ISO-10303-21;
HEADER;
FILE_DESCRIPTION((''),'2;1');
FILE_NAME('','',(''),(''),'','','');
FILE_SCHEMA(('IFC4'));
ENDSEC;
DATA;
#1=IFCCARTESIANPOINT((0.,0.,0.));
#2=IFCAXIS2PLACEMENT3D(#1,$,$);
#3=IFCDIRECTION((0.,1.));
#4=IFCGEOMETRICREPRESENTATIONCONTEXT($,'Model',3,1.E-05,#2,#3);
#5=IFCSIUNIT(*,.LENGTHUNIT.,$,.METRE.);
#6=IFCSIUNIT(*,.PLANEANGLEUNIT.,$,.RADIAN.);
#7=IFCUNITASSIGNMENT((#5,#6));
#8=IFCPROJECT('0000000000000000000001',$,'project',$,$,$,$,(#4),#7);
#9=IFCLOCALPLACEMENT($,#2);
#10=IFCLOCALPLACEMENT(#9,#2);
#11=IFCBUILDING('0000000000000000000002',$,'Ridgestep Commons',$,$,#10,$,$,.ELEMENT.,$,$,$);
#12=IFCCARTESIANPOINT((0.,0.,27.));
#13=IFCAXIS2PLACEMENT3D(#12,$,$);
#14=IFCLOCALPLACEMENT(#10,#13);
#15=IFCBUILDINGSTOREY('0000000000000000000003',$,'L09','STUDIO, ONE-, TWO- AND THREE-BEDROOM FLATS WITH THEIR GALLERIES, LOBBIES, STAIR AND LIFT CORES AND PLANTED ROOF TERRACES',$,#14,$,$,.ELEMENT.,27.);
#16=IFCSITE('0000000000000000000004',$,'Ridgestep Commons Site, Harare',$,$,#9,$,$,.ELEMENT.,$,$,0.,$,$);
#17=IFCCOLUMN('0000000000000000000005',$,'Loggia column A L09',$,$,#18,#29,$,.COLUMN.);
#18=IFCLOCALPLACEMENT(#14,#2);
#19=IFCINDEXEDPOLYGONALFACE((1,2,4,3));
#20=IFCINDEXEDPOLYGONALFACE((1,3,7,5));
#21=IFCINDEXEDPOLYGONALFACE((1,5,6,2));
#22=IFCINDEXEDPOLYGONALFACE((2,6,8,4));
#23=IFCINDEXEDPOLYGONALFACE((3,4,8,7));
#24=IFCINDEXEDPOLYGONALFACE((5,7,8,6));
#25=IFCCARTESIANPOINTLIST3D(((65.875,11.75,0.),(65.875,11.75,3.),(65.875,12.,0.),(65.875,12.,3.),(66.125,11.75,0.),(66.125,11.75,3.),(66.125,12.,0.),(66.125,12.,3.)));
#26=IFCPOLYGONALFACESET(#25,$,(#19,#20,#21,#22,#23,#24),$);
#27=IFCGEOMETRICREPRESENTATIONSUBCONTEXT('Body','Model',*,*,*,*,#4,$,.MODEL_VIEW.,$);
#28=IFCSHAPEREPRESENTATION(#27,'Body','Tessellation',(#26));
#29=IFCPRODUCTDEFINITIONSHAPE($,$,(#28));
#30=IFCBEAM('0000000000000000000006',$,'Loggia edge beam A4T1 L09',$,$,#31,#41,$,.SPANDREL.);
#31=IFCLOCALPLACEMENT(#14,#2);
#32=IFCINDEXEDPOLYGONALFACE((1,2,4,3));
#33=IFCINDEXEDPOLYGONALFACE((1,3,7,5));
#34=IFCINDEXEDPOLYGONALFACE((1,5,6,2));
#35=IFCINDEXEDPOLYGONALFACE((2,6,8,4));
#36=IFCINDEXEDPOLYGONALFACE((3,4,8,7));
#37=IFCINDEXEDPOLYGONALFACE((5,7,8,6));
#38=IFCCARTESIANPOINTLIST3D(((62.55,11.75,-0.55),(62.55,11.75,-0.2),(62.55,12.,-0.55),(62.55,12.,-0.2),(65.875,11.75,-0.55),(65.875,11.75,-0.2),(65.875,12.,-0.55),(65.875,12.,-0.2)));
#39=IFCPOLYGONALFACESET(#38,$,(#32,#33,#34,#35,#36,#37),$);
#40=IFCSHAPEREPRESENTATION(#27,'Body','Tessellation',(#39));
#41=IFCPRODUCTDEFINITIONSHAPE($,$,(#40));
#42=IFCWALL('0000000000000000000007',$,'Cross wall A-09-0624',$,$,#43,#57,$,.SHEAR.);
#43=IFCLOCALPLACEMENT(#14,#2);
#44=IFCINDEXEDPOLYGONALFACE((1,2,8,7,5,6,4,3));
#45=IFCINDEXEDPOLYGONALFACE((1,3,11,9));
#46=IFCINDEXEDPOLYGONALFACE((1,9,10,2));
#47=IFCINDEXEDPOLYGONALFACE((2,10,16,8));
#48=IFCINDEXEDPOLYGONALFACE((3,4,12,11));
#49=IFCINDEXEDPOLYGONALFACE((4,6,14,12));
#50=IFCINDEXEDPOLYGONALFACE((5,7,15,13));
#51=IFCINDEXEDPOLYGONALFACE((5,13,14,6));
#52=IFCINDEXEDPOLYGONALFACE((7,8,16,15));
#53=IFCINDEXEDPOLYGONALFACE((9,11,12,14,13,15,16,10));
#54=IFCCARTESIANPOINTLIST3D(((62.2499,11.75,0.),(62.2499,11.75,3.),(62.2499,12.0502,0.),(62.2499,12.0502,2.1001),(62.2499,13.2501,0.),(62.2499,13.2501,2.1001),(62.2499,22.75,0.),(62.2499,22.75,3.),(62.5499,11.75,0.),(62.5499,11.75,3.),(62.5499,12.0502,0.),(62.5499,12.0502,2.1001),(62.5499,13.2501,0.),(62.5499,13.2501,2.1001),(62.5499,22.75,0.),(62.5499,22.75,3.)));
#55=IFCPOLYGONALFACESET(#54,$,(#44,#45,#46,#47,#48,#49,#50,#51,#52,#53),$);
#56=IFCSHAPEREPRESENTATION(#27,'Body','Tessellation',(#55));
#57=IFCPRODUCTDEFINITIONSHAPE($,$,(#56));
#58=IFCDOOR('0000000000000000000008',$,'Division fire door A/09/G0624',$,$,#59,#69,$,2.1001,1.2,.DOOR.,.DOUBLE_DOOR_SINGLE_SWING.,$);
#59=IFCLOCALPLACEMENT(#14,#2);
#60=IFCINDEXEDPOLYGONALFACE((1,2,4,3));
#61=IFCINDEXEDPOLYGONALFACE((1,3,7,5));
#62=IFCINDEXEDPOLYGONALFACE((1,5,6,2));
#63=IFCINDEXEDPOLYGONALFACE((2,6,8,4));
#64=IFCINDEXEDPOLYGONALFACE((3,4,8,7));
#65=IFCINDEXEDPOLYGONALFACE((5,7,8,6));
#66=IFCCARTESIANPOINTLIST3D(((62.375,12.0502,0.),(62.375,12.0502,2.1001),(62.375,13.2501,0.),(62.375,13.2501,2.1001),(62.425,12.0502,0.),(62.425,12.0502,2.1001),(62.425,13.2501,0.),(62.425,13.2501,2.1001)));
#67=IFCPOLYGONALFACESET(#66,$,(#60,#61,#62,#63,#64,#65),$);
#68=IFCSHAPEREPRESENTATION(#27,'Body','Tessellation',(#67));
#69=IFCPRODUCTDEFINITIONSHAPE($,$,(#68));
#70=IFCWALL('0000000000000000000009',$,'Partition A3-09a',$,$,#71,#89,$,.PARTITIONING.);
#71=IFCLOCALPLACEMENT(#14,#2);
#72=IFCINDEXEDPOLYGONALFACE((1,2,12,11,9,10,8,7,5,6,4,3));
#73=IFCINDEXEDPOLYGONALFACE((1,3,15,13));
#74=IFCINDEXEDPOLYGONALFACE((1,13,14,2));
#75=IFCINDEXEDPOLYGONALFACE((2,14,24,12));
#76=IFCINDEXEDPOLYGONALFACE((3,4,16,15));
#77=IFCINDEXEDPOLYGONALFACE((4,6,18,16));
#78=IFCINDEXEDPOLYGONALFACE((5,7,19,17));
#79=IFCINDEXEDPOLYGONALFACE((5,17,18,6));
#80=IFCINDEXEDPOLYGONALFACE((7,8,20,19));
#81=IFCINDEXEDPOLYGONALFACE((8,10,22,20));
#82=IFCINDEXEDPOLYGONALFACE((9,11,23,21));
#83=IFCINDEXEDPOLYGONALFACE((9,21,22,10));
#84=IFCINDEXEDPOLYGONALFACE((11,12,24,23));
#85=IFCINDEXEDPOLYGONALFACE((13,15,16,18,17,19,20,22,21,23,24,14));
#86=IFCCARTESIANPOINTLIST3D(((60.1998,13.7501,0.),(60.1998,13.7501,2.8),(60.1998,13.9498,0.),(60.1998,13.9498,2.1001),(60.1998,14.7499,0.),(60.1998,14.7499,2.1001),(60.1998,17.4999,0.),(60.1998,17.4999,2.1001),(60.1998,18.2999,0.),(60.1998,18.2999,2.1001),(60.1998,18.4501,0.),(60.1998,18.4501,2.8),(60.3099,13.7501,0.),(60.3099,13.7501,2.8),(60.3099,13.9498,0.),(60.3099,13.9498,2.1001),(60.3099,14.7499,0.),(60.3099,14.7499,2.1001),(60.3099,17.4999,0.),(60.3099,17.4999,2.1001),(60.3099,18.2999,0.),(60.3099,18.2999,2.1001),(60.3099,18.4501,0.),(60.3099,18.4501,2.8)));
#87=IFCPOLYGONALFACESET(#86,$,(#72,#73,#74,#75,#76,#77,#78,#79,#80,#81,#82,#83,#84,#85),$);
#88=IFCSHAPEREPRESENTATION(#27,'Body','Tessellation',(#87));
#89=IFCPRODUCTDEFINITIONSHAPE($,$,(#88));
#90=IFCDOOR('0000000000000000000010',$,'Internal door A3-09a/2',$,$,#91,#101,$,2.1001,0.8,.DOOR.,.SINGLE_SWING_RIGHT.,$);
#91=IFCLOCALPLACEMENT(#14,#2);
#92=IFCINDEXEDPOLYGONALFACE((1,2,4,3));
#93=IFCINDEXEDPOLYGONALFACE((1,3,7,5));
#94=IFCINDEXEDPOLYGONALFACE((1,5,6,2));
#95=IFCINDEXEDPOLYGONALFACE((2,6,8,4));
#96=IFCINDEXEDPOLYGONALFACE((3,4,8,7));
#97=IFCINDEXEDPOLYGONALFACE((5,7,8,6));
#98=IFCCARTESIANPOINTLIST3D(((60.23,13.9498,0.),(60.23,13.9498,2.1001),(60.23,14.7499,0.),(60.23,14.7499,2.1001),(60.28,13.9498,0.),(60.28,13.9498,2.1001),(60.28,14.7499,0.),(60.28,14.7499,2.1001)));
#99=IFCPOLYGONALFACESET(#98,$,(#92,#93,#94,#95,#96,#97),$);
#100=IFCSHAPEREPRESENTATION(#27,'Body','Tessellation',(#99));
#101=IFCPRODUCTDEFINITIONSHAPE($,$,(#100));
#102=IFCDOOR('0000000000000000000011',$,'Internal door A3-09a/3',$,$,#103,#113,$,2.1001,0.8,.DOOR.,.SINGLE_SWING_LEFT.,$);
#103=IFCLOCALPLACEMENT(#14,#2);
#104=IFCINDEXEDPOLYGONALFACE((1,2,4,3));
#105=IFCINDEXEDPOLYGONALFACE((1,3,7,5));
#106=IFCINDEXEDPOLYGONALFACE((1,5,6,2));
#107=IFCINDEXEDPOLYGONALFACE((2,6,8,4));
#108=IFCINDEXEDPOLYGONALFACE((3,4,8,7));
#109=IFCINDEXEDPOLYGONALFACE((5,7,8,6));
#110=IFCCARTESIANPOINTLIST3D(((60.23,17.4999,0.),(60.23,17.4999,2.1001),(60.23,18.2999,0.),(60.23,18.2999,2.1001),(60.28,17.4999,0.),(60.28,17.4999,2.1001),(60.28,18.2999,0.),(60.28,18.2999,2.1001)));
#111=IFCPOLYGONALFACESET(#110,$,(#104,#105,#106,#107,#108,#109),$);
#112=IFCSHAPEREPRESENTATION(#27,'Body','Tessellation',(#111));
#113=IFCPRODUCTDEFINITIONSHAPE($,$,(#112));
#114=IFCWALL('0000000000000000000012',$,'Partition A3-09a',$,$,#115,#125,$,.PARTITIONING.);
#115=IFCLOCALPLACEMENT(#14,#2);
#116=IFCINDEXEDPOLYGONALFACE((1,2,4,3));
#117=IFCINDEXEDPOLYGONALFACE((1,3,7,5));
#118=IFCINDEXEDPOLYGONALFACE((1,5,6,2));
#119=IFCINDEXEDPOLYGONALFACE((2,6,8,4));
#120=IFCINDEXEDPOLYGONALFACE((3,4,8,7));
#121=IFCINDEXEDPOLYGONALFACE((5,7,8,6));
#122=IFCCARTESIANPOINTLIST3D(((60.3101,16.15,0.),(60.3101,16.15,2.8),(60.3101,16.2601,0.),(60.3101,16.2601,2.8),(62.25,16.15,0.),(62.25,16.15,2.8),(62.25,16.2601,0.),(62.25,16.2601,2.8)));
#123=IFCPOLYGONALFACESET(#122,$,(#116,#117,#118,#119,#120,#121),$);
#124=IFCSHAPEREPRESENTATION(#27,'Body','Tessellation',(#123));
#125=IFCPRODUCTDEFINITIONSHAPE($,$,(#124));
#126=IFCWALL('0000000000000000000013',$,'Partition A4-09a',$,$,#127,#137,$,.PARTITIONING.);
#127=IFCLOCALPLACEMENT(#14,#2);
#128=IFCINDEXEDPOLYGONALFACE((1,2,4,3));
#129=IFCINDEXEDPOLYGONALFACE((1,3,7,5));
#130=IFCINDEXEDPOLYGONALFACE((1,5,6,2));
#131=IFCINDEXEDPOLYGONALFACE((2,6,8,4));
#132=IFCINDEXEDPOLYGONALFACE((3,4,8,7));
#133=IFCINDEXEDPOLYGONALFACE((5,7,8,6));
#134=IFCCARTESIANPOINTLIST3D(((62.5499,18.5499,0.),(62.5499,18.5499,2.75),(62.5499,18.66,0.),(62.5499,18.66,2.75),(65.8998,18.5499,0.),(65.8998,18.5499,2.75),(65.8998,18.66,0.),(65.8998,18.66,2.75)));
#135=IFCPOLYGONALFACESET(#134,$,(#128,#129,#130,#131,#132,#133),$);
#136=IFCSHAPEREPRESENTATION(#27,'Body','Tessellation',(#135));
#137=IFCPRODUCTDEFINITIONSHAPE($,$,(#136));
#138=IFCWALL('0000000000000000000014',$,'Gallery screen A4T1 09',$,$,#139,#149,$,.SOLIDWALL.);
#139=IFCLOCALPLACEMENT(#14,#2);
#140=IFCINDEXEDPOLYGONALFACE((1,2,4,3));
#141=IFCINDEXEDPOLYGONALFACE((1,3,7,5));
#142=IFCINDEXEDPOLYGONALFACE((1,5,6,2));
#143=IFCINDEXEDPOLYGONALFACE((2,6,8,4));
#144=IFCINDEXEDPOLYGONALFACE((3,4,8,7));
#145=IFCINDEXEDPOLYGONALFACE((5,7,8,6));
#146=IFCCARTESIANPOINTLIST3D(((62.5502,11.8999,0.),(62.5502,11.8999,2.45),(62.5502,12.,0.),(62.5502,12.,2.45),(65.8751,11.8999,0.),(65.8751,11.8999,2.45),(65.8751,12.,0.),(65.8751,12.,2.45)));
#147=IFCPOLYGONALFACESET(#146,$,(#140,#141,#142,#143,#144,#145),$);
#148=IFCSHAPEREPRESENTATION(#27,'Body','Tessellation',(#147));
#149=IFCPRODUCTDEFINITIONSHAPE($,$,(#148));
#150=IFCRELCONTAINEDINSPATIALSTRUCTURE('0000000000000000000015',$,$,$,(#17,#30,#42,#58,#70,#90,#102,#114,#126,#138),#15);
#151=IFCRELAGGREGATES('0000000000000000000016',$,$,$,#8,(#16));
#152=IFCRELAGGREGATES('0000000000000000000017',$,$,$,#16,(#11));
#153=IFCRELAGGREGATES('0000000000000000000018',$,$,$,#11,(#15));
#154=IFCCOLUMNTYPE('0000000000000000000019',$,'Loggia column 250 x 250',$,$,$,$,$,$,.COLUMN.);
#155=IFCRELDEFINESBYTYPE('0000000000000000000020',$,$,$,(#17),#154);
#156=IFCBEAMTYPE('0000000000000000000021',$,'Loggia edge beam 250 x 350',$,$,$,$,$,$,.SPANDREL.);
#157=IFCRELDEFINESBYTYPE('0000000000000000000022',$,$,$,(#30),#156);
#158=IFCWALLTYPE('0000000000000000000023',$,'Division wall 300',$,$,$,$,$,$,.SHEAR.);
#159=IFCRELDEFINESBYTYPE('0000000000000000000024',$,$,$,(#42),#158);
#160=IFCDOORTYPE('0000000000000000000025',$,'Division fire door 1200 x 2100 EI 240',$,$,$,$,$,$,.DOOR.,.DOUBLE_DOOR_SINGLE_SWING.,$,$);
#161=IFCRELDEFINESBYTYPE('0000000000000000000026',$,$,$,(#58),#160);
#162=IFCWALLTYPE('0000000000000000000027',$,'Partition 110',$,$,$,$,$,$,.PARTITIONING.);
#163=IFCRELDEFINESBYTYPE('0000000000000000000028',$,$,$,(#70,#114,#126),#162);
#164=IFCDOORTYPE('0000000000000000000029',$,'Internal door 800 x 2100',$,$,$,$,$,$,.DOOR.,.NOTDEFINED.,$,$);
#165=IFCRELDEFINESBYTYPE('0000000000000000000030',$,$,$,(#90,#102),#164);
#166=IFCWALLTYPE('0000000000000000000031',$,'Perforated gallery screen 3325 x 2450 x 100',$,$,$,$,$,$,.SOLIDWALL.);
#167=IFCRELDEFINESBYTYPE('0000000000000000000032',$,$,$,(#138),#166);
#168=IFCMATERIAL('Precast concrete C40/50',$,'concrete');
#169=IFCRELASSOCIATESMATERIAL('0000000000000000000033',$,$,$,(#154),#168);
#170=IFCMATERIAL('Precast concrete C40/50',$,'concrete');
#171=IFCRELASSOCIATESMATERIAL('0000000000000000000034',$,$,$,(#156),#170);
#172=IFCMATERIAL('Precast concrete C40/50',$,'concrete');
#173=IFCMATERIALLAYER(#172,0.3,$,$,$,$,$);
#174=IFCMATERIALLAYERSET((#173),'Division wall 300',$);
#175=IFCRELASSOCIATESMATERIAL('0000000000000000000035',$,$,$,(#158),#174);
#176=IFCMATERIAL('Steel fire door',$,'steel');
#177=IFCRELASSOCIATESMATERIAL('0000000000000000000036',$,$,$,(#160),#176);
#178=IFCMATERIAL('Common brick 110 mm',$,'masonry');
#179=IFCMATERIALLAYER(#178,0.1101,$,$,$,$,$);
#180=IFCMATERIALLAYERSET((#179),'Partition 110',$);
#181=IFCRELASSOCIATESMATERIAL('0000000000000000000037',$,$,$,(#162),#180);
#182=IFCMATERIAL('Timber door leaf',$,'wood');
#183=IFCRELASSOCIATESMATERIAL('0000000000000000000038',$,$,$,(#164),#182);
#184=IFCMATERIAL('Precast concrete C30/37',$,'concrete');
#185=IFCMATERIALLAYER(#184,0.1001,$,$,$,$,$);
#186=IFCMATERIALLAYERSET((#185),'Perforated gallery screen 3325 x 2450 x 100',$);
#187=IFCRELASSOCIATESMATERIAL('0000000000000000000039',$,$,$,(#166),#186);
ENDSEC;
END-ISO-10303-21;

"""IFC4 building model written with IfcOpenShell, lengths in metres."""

from ifc_helpers import new_model, si_unit, direction, frame, frame_2d, origin, origin_2d, place, context, subcontext, project, spatial, rectangle, extrude, material, layer, layer_set, material_profile, profile_set, type_object, element, fill, save


model = new_model("IFC4")

# Units and contexts
model_context = context("Model", 3, precision=1e-05, world=origin(), true_north=direction((0.0, 1.0)))
body_context = subcontext(model_context, "Body", "Model", "MODEL_VIEW")
ifc_project = project(units=[si_unit("LENGTHUNIT", "METRE"), si_unit("PLANEANGLEUNIT", "RADIAN")], contexts=[model_context])

# Site, building, storey
site_placement = place(None, origin())
site = spatial("IfcSite", under=ifc_project, at=site_placement, Name="Ridgestep Commons Site, Harare", CompositionType="ELEMENT", RefElevation=0.0)
building_placement = place(site_placement, origin())
building = spatial("IfcBuilding", under=site, at=building_placement, Name="Ridgestep Commons", CompositionType="ELEMENT")
storey_placement = place(building_placement, frame((0.0, 0.0, 27.0)))
storey = spatial("IfcBuildingStorey", under=building, at=storey_placement, Name="L09", Description="STUDIO, ONE-, TWO- AND THREE-BEDROOM FLATS WITH THEIR GALLERIES, LOBBIES, STAIR AND LIFT CORES AND PLANTED ROOF TERRACES", CompositionType="ELEMENT", Elevation=27.0)

# Column
ifc_material_1 = material(Name="Precast concrete C40/50", Category="concrete")
ifc_material_profile_1 = material_profile(ifc_material_1, rectangle(XDim=0.25, YDim=0.25, at=origin_2d()), Name="PC 250x250")
ifc_profile_set_1 = profile_set([ifc_material_profile_1], Name="Precast concrete C40/50")
column_type = type_object("IfcColumnType", Name="Loggia column 250 x 250", PredefinedType="COLUMN", material=ifc_profile_set_1)
column_placement = place(storey_placement, frame((66.0, 11.875, 0.0), z_axis=(0.0, 0.0, 1.0), x_axis=(1.0, 0.0, 0.0)))
element("IfcColumn", 1, at=column_placement, inside=storey, type_object=column_type, Name="Loggia column A L09", PredefinedType="COLUMN", context=body_context, shape_type="SweptSolid", body=[
    extrude(rectangle(XDim=0.25, YDim=0.25, at=origin_2d()), origin(), (0.0, 0.0, 1.0), 3.0),
])

# Beam
ifc_material_2 = material(Name="Precast concrete C40/50", Category="concrete")
ifc_material_profile_2 = material_profile(ifc_material_2, rectangle(XDim=0.25, YDim=0.3501, at=origin_2d()), Name="PC 250x350")
ifc_profile_set_2 = profile_set([ifc_material_profile_2], Name="Precast concrete C40/50")
beam_type = type_object("IfcBeamType", Name="Loggia edge beam 250 x 350", PredefinedType="SPANDREL", material=ifc_profile_set_2)
beam_placement = place(storey_placement, frame((62.55, 11.875, -0.375), z_axis=(1.0, 0.0, 0.0), x_axis=(0.0, 1.0, 0.0)))
element("IfcBeam", 2, at=beam_placement, inside=storey, type_object=beam_type, Name="Loggia edge beam A4T1 L09", PredefinedType="SPANDREL", context=body_context, shape_type="SweptSolid", body=[
    extrude(rectangle(XDim=0.25, YDim=0.3501, at=origin_2d()), origin(), (0.0, 0.0, 1.0), 3.325),
])

# Wall, opening, door
ifc_material_3 = material(Name="Precast concrete C40/50", Category="concrete")
ifc_layer_1 = layer(ifc_material_3, 0.3)
ifc_layer_set_1 = layer_set([ifc_layer_1], Name="Division wall 300")
wall_type_1 = type_object("IfcWallType", Name="Division wall 300", PredefinedType="SHEAR", material=ifc_layer_set_1)
wall_1_placement = place(storey_placement, frame((62.3999, 11.75, 0.0), z_axis=(0.0, 0.0, 1.0), x_axis=(0.0, 1.0, 0.0)))
wall_1 = element("IfcWall", 3, at=wall_1_placement, inside=storey, type_object=wall_type_1, Name="Cross wall A-09-0624", PredefinedType="SHEAR", context=body_context, shape_type="SweptSolid", body=[
    extrude(rectangle(XDim=11.0, YDim=0.3, at=frame_2d((5.5, 0.0))), origin(), (0.0, 0.0, 1.0), 3.0),
])
opening_1_placement = place(wall_1_placement, frame((0.3, 0.0, 0.0)))
opening_1 = element("IfcOpeningElement", 4, at=opening_1_placement, cuts=wall_1, PredefinedType="OPENING", context=body_context, shape_type="SweptSolid", body=[
    extrude(rectangle(XDim=1.2, YDim=2.1001, at=frame_2d((0.6001, 1.05))), frame((0.0, 0.1599, 0.0), z_axis=(0.0, -1.0, 0.0), x_axis=(1.0, 0.0, 0.0)), (0.0, 0.0, 1.0), 0.3201),
])
ifc_material_4 = material(Name="Steel fire door", Category="steel")
door_type_1 = type_object("IfcDoorType", Name="Division fire door 1200 x 2100 EI 240", OperationType="DOUBLE_DOOR_SINGLE_SWING", PredefinedType="DOOR", material=ifc_material_4)
door_1_placement = place(opening_1_placement, origin())
door_1 = element("IfcDoor", 5, at=door_1_placement, inside=storey, type_object=door_type_1, Name="Division fire door A/09/G0624", OperationType="DOUBLE_DOOR_SINGLE_SWING", OverallHeight=2.1001, OverallWidth=1.2, PredefinedType="DOOR", context=body_context, shape_type="SweptSolid", body=[
    extrude(rectangle(XDim=1.2, YDim=2.1001, at=frame_2d((0.6001, 1.05))), frame((0.0, 0.0249, 0.0), z_axis=(0.0, -1.0, 0.0), x_axis=(1.0, 0.0, 0.0)), (0.0, 0.0, 1.0), 0.05),
])
fill(opening_1, door_1)

# Wall, openings, doors
ifc_material_5 = material(Name="Common brick 110 mm", Category="masonry")
ifc_layer_2 = layer(ifc_material_5, 0.1101)
ifc_layer_set_2 = layer_set([ifc_layer_2], Name="Partition 110")
wall_type_2 = type_object("IfcWallType", Name="Partition 110", PredefinedType="PARTITIONING", material=ifc_layer_set_2)
wall_2_placement = place(storey_placement, frame((60.2549, 13.75, 0.0), z_axis=(0.0, 0.0, 1.0), x_axis=(0.0, 1.0, 0.0)))
wall_2 = element("IfcWall", 6, at=wall_2_placement, inside=storey, type_object=wall_type_2, Name="Partition A3-09a", PredefinedType="PARTITIONING", context=body_context, shape_type="SweptSolid", body=[
    extrude(rectangle(XDim=4.7, YDim=0.1101, at=frame_2d((2.3501, 0.0))), origin(), (0.0, 0.0, 1.0), 2.8),
])
opening_2_placement = place(wall_2_placement, frame((0.2, 0.0, 0.0)))
opening_2 = element("IfcOpeningElement", 7, at=opening_2_placement, cuts=wall_2, PredefinedType="OPENING", context=body_context, shape_type="SweptSolid", body=[
    extrude(rectangle(XDim=0.8, YDim=2.1001, at=frame_2d((0.3999, 1.05))), frame((0.0, 0.0649, 0.0), z_axis=(0.0, -1.0, 0.0), x_axis=(1.0, 0.0, 0.0)), (0.0, 0.0, 1.0), 0.1301),
])
opening_3_placement = place(wall_2_placement, frame((3.75, 0.0, 0.0)))
opening_3 = element("IfcOpeningElement", 8, at=opening_3_placement, cuts=wall_2, PredefinedType="OPENING", context=body_context, shape_type="SweptSolid", body=[
    extrude(rectangle(XDim=0.8, YDim=2.1001, at=frame_2d((0.3999, 1.05))), frame((0.0, 0.0649, 0.0), z_axis=(0.0, -1.0, 0.0), x_axis=(1.0, 0.0, 0.0)), (0.0, 0.0, 1.0), 0.1301),
])
ifc_material_6 = material(Name="Timber door leaf", Category="wood")
door_type_2 = type_object("IfcDoorType", Name="Internal door 800 x 2100", OperationType="NOTDEFINED", PredefinedType="DOOR", material=ifc_material_6)
door_2_placement = place(opening_2_placement, origin())
door_2 = element("IfcDoor", 9, at=door_2_placement, inside=storey, type_object=door_type_2, Name="Internal door A3-09a/2", OperationType="SINGLE_SWING_RIGHT", OverallHeight=2.1001, OverallWidth=0.8, PredefinedType="DOOR", context=body_context, shape_type="SweptSolid", body=[
    extrude(rectangle(XDim=0.8, YDim=2.1001, at=frame_2d((0.3999, 1.05))), frame((0.0, 0.0249, 0.0), z_axis=(0.0, -1.0, 0.0), x_axis=(1.0, 0.0, 0.0)), (0.0, 0.0, 1.0), 0.05),
])
fill(opening_2, door_2)
door_3_placement = place(opening_3_placement, origin())
door_3 = element("IfcDoor", 10, at=door_3_placement, inside=storey, type_object=door_type_2, Name="Internal door A3-09a/3", OperationType="SINGLE_SWING_LEFT", OverallHeight=2.1001, OverallWidth=0.8, PredefinedType="DOOR", context=body_context, shape_type="SweptSolid", body=[
    extrude(rectangle(XDim=0.8, YDim=2.1001, at=frame_2d((0.3999, 1.05))), frame((0.0, 0.0249, 0.0), z_axis=(0.0, -1.0, 0.0), x_axis=(1.0, 0.0, 0.0)), (0.0, 0.0, 1.0), 0.05),
])
fill(opening_3, door_3)

# Walls
wall_3_placement = place(storey_placement, frame((60.3101, 16.2051, 0.0), z_axis=(0.0, 0.0, 1.0), x_axis=(1.0, 0.0, 0.0)))
element("IfcWall", 11, at=wall_3_placement, inside=storey, type_object=wall_type_2, Name="Partition A3-09a", PredefinedType="PARTITIONING", context=body_context, shape_type="SweptSolid", body=[
    extrude(rectangle(XDim=1.9399, YDim=0.1101, at=frame_2d((0.97, 0.0))), origin(), (0.0, 0.0, 1.0), 2.8),
])
wall_4_placement = place(storey_placement, frame((62.55, 18.605, 0.0), z_axis=(0.0, 0.0, 1.0), x_axis=(1.0, 0.0, 0.0)))
element("IfcWall", 12, at=wall_4_placement, inside=storey, type_object=wall_type_2, Name="Partition A4-09a", PredefinedType="PARTITIONING", context=body_context, shape_type="SweptSolid", body=[
    extrude(rectangle(XDim=3.3499, YDim=0.1101, at=frame_2d((1.6748, 0.0))), origin(), (0.0, 0.0, 1.0), 2.75),
])
ifc_material_7 = material(Name="Precast concrete C30/37", Category="concrete")
ifc_layer_3 = layer(ifc_material_7, 0.1001)
ifc_layer_set_3 = layer_set([ifc_layer_3], Name="Perforated gallery screen 3325 x 2450 x 100")
wall_type_3 = type_object("IfcWallType", Name="Perforated gallery screen 3325 x 2450 x 100", PredefinedType="SOLIDWALL", material=ifc_layer_set_3)
wall_5_placement = place(storey_placement, frame((62.55, 11.95, 0.0), z_axis=(0.0, 0.0, 1.0), x_axis=(1.0, 0.0, 0.0)))
element("IfcWall", 13, at=wall_5_placement, inside=storey, type_object=wall_type_3, Name="Gallery screen A4T1 09", PredefinedType="SOLIDWALL", context=body_context, shape_type="SweptSolid", body=[
    extrude(rectangle(XDim=3.325, YDim=0.1001, at=frame_2d((1.6626, 0.0))), origin(), (0.0, 0.0, 1.0), 2.45),
])

save(model, "model.ifc")
